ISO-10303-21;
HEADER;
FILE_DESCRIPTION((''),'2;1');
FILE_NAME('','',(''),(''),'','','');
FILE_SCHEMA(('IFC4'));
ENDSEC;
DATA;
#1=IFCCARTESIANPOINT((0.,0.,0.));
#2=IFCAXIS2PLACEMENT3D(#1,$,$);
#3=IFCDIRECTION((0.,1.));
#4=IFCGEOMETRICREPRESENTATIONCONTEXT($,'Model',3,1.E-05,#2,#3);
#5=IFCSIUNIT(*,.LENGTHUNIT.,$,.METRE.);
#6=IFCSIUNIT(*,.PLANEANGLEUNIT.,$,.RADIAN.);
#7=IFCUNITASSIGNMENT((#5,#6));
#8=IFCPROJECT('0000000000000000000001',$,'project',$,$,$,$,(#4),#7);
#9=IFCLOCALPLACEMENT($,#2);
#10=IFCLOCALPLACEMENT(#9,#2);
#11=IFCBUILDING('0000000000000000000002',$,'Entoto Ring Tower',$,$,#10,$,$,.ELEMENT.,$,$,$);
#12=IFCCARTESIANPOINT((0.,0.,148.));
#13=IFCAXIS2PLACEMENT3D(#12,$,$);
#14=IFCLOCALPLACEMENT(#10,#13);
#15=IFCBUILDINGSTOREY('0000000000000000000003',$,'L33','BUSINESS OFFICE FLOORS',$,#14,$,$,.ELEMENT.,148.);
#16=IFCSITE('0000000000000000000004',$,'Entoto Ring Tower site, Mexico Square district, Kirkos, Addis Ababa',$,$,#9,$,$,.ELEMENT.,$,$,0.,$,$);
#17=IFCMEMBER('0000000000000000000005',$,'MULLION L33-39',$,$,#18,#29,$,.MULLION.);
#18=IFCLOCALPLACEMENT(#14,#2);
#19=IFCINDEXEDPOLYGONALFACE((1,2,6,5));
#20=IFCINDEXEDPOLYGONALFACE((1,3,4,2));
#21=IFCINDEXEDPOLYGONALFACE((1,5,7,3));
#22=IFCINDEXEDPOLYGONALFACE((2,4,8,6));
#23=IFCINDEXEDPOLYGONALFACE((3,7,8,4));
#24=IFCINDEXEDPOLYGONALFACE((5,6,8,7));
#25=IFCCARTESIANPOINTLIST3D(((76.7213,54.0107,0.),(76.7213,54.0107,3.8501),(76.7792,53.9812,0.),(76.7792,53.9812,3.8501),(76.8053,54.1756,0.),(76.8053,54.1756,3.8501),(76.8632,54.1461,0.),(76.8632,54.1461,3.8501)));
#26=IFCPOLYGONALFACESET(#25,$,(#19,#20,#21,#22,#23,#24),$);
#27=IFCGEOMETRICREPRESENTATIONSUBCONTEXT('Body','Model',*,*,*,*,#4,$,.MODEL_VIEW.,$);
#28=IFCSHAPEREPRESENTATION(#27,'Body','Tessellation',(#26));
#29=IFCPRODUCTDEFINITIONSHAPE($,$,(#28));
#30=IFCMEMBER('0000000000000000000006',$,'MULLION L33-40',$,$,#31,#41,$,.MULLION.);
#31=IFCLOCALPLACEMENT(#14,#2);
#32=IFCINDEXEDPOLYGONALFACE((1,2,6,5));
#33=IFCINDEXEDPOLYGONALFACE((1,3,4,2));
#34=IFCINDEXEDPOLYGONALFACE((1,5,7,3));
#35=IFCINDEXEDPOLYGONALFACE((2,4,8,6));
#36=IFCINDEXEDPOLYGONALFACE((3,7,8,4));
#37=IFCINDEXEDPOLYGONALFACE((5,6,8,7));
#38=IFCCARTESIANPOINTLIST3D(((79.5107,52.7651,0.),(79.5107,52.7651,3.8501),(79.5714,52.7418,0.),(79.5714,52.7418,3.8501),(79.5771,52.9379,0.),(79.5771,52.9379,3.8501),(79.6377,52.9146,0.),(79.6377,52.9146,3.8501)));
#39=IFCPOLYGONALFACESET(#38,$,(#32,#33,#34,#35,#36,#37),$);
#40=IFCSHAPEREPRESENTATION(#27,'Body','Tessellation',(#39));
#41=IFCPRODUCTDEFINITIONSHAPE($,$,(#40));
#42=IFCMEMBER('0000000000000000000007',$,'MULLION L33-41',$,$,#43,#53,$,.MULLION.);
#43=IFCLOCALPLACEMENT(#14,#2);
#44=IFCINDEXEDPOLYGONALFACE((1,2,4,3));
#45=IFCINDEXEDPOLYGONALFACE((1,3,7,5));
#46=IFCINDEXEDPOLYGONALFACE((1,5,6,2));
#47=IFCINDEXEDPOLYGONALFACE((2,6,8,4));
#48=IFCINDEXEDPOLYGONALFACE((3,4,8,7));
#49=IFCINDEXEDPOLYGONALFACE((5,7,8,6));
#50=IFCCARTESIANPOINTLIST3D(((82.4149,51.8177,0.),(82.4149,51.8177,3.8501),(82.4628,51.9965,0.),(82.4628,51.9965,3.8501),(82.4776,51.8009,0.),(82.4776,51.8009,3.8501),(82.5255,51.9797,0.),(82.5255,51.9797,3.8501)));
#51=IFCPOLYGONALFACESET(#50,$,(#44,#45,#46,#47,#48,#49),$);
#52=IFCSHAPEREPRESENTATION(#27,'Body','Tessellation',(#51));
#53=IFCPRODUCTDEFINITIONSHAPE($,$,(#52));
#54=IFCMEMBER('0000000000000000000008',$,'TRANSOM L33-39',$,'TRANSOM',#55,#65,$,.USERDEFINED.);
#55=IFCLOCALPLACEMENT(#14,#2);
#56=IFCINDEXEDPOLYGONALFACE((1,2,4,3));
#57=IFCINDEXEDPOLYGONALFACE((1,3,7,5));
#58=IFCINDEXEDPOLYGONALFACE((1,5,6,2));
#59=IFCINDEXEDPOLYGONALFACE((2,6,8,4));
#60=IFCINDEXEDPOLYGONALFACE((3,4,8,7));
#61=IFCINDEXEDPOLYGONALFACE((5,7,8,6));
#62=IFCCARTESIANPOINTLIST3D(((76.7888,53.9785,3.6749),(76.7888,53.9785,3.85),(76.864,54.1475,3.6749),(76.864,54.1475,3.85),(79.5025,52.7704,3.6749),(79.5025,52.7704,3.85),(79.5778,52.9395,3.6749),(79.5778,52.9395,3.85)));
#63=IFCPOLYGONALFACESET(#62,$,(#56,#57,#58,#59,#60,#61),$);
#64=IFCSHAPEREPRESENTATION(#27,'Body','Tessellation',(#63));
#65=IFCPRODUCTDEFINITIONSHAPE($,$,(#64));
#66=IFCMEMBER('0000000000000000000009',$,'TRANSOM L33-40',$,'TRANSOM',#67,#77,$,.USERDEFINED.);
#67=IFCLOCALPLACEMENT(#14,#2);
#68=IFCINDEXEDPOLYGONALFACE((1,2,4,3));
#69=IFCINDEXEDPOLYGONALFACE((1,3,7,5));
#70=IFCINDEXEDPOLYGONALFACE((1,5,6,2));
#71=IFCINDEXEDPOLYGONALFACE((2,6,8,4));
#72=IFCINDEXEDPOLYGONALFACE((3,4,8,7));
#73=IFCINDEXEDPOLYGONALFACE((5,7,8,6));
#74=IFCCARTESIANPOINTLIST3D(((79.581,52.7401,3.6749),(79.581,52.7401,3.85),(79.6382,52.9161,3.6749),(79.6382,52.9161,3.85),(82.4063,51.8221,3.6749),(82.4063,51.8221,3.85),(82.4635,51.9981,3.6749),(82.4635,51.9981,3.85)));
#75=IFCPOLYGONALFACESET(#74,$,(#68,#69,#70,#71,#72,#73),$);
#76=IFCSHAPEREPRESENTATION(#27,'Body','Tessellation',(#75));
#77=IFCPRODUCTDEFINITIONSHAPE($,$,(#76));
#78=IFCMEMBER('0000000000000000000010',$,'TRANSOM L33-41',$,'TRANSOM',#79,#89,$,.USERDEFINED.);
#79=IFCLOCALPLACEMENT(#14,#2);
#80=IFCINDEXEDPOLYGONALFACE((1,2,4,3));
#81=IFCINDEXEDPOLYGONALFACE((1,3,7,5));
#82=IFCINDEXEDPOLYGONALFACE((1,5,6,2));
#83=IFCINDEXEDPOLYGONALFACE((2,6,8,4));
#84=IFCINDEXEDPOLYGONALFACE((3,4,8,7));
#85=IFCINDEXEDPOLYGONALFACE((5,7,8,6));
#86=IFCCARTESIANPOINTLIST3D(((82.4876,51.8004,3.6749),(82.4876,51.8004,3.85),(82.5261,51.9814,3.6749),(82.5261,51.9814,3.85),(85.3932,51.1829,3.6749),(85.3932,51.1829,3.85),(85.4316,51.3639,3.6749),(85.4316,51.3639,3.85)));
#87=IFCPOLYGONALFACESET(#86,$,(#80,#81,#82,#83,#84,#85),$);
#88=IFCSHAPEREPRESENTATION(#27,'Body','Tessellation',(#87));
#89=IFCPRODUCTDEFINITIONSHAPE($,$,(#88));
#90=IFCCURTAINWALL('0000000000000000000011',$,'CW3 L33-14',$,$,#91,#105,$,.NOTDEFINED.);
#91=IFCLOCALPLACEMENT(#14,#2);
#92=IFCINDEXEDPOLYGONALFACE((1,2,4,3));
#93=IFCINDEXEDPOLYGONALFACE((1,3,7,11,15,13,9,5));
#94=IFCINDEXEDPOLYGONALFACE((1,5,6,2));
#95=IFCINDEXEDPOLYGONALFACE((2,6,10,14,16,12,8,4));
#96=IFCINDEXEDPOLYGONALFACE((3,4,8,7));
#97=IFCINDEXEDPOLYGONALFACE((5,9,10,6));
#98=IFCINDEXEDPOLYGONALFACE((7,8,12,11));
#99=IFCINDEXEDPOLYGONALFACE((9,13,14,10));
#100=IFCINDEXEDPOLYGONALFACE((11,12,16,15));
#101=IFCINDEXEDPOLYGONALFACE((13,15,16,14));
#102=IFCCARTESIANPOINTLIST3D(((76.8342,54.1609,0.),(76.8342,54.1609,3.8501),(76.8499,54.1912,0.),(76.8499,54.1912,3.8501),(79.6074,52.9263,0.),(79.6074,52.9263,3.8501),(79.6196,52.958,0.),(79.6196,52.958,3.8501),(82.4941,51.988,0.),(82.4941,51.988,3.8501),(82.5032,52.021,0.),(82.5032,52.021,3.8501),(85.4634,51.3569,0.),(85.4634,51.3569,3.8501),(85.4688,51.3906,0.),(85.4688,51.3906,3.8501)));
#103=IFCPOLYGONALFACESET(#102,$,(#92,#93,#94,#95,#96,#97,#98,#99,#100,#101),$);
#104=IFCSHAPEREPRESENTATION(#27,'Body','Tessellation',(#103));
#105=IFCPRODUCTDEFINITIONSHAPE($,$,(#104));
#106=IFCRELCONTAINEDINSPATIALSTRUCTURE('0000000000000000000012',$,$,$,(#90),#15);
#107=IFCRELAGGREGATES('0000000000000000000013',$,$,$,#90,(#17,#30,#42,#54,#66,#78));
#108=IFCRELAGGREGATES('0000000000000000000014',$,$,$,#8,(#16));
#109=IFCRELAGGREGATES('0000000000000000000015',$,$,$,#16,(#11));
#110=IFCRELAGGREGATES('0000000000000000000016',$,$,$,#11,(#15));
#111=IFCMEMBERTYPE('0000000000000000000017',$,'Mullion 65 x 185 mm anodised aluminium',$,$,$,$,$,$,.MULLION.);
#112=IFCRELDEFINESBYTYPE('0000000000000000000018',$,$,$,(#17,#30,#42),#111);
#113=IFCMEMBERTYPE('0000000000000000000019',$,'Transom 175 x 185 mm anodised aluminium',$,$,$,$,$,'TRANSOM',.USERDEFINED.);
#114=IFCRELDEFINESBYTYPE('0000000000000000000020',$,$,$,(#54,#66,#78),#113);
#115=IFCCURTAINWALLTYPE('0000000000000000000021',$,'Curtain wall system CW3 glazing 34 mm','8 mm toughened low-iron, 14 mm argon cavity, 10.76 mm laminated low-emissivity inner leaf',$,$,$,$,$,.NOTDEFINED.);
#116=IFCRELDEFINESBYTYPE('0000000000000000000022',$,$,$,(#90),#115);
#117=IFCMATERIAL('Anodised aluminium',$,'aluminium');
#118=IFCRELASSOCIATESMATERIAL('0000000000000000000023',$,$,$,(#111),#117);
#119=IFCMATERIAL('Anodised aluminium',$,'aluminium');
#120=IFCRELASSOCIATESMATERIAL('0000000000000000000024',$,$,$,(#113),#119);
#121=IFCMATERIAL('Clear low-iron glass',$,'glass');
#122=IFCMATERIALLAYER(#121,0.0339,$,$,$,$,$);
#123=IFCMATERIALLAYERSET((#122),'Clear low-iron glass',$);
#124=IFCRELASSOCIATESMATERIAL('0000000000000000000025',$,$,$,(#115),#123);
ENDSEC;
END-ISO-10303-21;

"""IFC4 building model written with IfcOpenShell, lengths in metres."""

from ifc_helpers import new_model, si_unit, direction, frame, origin, origin_2d, place, context, subcontext, project, spatial, polyline, rectangle, outline, extrude, material, layer, layer_set, material_profile, profile_set, type_object, element, aggregate, save


model = new_model("IFC4")

# Units and contexts
model_context = context("Model", 3, precision=1e-05, world=origin(), true_north=direction((0.0, 1.0)))
body_context = subcontext(model_context, "Body", "Model", "MODEL_VIEW")
ifc_project = project(units=[si_unit("LENGTHUNIT", "METRE"), si_unit("PLANEANGLEUNIT", "RADIAN")], contexts=[model_context])

# Members
ifc_material_1 = material(Name="Anodised aluminium", Category="aluminium")
ifc_material_profile_1 = material_profile(ifc_material_1, rectangle(XDim=0.0649, YDim=0.1851, at=origin_2d()), Name="Mullion 65 x 185 mm anodised aluminium")
ifc_profile_set_1 = profile_set([ifc_material_profile_1], Name="Anodised aluminium")
member_type_1 = type_object("IfcMemberType", Name="Mullion 65 x 185 mm anodised aluminium", PredefinedType="MULLION", material=ifc_profile_set_1)
site_placement = place(None, origin())
building_placement = place(site_placement, origin())
storey_placement = place(building_placement, frame((0.0, 0.0, 148.0)))
member_1_placement = place(storey_placement, frame((76.7922, 54.0784, 0.0), z_axis=(0.0, 0.0, 1.0), x_axis=(0.891007, -0.45399, 0.0)))
member_1 = element("IfcMember", 1, at=member_1_placement, type_object=member_type_1, Name="MULLION L33-39", PredefinedType="MULLION", context=body_context, shape_type="SweptSolid", body=[
    extrude(rectangle(XDim=0.0649, YDim=0.1851, at=origin_2d()), origin(), (0.0, 0.0, 1.0), 3.8501),
])
member_2_placement = place(storey_placement, frame((79.5742, 52.8398, 0.0), z_axis=(0.0, 0.0, 1.0), x_axis=(0.93358, -0.358368, 0.0)))
member_2 = element("IfcMember", 2, at=member_2_placement, type_object=member_type_1, Name="MULLION L33-40", PredefinedType="MULLION", context=body_context, shape_type="SweptSolid", body=[
    extrude(rectangle(XDim=0.0649, YDim=0.1851, at=origin_2d()), origin(), (0.0, 0.0, 1.0), 3.8501),
])
member_3_placement = place(storey_placement, frame((82.4702, 51.8987, 0.0), z_axis=(0.0, 0.0, 1.0), x_axis=(0.965926, -0.258819, 0.0)))
member_3 = element("IfcMember", 3, at=member_3_placement, type_object=member_type_1, Name="MULLION L33-41", PredefinedType="MULLION", context=body_context, shape_type="SweptSolid", body=[
    extrude(rectangle(XDim=0.0649, YDim=0.1851, at=origin_2d()), origin(), (0.0, 0.0, 1.0), 3.8501),
])
ifc_material_2 = material(Name="Anodised aluminium", Category="aluminium")
ifc_material_profile_2 = material_profile(ifc_material_2, rectangle(XDim=0.1851, YDim=0.175, at=origin_2d()), Name="Transom 175 x 185 mm anodised aluminium")
ifc_profile_set_2 = profile_set([ifc_material_profile_2], Name="Anodised aluminium")
member_type_2 = type_object("IfcMemberType", Name="Transom 175 x 185 mm anodised aluminium", ElementType="TRANSOM", PredefinedType="USERDEFINED", material=ifc_profile_set_2)
member_4_placement = place(storey_placement, frame((76.8264, 54.063, 3.7625), z_axis=(0.913567, -0.406687, 0.0), x_axis=(0.406687, 0.913567, 0.0)))
member_4 = element("IfcMember", 4, at=member_4_placement, type_object=member_type_2, Name="TRANSOM L33-39", ObjectType="TRANSOM", PredefinedType="USERDEFINED", context=body_context, shape_type="SweptSolid", body=[
    extrude(rectangle(XDim=0.1851, YDim=0.175, at=origin_2d()), origin(), (0.0, 0.0, 1.0), 2.9705),
])
member_5_placement = place(storey_placement, frame((79.6096, 52.8281, 3.7625), z_axis=(0.951056, -0.309019, 0.0), x_axis=(0.309019, 0.951056, 0.0)))
member_5 = element("IfcMember", 5, at=member_5_placement, type_object=member_type_2, Name="TRANSOM L33-40", ObjectType="TRANSOM", PredefinedType="USERDEFINED", context=body_context, shape_type="SweptSolid", body=[
    extrude(rectangle(XDim=0.1851, YDim=0.175, at=origin_2d()), origin(), (0.0, 0.0, 1.0), 2.9707),
])
member_6_placement = place(storey_placement, frame((82.5068, 51.8909, 3.7625), z_axis=(0.978158, -0.207862, 0.0), x_axis=(0.207862, 0.978158, 0.0)))
member_6 = element("IfcMember", 6, at=member_6_placement, type_object=member_type_2, Name="TRANSOM L33-41", ObjectType="TRANSOM", PredefinedType="USERDEFINED", context=body_context, shape_type="SweptSolid", body=[
    extrude(rectangle(XDim=0.1851, YDim=0.175, at=origin_2d()), origin(), (0.0, 0.0, 1.0), 2.9705),
])

# Site, building, storey
site = spatial("IfcSite", under=ifc_project, at=site_placement, Name="Entoto Ring Tower site, Mexico Square district, Kirkos, Addis Ababa", CompositionType="ELEMENT", RefElevation=0.0)
building = spatial("IfcBuilding", under=site, at=building_placement, Name="Entoto Ring Tower", CompositionType="ELEMENT")
storey = spatial("IfcBuildingStorey", under=building, at=storey_placement, Name="L33", Description="BUSINESS OFFICE FLOORS", CompositionType="ELEMENT", Elevation=148.0)

# Curtain wall
ifc_material_3 = material(Name="Clear low-iron glass", Category="glass")
ifc_layer = layer(ifc_material_3, 0.0339)
ifc_layer_set = layer_set([ifc_layer], Name="Clear low-iron glass")
curtain_wall_type = type_object("IfcCurtainWallType", Name="Curtain wall system CW3 glazing 34 mm", Description="8 mm toughened low-iron, 14 mm argon cavity, 10.76 mm laminated low-emissivity inner leaf", PredefinedType="NOTDEFINED", material=ifc_layer_set)
curtain_wall_1_placement = place(storey_placement, origin())
curtain_wall_1 = element("IfcCurtainWall", 7, at=curtain_wall_1_placement, inside=storey, type_object=curtain_wall_type, Name="CW3 L33-14", PredefinedType="NOTDEFINED", context=body_context, shape_type="SweptSolid", body=[
    extrude(outline(polyline([(76.8342, 54.1609), (79.6074, 52.9263), (82.4941, 51.988), (85.4634, 51.3569), (85.4688, 51.3906), (82.5032, 52.021), (79.6196, 52.958), (76.8499, 54.1912), (76.8342, 54.1609)])), origin(), (0.0, 0.0, 1.0), 3.8501),
])
aggregate(curtain_wall_1, [member_1, member_2, member_3, member_4, member_5, member_6])

save(model, "model.ifc")
